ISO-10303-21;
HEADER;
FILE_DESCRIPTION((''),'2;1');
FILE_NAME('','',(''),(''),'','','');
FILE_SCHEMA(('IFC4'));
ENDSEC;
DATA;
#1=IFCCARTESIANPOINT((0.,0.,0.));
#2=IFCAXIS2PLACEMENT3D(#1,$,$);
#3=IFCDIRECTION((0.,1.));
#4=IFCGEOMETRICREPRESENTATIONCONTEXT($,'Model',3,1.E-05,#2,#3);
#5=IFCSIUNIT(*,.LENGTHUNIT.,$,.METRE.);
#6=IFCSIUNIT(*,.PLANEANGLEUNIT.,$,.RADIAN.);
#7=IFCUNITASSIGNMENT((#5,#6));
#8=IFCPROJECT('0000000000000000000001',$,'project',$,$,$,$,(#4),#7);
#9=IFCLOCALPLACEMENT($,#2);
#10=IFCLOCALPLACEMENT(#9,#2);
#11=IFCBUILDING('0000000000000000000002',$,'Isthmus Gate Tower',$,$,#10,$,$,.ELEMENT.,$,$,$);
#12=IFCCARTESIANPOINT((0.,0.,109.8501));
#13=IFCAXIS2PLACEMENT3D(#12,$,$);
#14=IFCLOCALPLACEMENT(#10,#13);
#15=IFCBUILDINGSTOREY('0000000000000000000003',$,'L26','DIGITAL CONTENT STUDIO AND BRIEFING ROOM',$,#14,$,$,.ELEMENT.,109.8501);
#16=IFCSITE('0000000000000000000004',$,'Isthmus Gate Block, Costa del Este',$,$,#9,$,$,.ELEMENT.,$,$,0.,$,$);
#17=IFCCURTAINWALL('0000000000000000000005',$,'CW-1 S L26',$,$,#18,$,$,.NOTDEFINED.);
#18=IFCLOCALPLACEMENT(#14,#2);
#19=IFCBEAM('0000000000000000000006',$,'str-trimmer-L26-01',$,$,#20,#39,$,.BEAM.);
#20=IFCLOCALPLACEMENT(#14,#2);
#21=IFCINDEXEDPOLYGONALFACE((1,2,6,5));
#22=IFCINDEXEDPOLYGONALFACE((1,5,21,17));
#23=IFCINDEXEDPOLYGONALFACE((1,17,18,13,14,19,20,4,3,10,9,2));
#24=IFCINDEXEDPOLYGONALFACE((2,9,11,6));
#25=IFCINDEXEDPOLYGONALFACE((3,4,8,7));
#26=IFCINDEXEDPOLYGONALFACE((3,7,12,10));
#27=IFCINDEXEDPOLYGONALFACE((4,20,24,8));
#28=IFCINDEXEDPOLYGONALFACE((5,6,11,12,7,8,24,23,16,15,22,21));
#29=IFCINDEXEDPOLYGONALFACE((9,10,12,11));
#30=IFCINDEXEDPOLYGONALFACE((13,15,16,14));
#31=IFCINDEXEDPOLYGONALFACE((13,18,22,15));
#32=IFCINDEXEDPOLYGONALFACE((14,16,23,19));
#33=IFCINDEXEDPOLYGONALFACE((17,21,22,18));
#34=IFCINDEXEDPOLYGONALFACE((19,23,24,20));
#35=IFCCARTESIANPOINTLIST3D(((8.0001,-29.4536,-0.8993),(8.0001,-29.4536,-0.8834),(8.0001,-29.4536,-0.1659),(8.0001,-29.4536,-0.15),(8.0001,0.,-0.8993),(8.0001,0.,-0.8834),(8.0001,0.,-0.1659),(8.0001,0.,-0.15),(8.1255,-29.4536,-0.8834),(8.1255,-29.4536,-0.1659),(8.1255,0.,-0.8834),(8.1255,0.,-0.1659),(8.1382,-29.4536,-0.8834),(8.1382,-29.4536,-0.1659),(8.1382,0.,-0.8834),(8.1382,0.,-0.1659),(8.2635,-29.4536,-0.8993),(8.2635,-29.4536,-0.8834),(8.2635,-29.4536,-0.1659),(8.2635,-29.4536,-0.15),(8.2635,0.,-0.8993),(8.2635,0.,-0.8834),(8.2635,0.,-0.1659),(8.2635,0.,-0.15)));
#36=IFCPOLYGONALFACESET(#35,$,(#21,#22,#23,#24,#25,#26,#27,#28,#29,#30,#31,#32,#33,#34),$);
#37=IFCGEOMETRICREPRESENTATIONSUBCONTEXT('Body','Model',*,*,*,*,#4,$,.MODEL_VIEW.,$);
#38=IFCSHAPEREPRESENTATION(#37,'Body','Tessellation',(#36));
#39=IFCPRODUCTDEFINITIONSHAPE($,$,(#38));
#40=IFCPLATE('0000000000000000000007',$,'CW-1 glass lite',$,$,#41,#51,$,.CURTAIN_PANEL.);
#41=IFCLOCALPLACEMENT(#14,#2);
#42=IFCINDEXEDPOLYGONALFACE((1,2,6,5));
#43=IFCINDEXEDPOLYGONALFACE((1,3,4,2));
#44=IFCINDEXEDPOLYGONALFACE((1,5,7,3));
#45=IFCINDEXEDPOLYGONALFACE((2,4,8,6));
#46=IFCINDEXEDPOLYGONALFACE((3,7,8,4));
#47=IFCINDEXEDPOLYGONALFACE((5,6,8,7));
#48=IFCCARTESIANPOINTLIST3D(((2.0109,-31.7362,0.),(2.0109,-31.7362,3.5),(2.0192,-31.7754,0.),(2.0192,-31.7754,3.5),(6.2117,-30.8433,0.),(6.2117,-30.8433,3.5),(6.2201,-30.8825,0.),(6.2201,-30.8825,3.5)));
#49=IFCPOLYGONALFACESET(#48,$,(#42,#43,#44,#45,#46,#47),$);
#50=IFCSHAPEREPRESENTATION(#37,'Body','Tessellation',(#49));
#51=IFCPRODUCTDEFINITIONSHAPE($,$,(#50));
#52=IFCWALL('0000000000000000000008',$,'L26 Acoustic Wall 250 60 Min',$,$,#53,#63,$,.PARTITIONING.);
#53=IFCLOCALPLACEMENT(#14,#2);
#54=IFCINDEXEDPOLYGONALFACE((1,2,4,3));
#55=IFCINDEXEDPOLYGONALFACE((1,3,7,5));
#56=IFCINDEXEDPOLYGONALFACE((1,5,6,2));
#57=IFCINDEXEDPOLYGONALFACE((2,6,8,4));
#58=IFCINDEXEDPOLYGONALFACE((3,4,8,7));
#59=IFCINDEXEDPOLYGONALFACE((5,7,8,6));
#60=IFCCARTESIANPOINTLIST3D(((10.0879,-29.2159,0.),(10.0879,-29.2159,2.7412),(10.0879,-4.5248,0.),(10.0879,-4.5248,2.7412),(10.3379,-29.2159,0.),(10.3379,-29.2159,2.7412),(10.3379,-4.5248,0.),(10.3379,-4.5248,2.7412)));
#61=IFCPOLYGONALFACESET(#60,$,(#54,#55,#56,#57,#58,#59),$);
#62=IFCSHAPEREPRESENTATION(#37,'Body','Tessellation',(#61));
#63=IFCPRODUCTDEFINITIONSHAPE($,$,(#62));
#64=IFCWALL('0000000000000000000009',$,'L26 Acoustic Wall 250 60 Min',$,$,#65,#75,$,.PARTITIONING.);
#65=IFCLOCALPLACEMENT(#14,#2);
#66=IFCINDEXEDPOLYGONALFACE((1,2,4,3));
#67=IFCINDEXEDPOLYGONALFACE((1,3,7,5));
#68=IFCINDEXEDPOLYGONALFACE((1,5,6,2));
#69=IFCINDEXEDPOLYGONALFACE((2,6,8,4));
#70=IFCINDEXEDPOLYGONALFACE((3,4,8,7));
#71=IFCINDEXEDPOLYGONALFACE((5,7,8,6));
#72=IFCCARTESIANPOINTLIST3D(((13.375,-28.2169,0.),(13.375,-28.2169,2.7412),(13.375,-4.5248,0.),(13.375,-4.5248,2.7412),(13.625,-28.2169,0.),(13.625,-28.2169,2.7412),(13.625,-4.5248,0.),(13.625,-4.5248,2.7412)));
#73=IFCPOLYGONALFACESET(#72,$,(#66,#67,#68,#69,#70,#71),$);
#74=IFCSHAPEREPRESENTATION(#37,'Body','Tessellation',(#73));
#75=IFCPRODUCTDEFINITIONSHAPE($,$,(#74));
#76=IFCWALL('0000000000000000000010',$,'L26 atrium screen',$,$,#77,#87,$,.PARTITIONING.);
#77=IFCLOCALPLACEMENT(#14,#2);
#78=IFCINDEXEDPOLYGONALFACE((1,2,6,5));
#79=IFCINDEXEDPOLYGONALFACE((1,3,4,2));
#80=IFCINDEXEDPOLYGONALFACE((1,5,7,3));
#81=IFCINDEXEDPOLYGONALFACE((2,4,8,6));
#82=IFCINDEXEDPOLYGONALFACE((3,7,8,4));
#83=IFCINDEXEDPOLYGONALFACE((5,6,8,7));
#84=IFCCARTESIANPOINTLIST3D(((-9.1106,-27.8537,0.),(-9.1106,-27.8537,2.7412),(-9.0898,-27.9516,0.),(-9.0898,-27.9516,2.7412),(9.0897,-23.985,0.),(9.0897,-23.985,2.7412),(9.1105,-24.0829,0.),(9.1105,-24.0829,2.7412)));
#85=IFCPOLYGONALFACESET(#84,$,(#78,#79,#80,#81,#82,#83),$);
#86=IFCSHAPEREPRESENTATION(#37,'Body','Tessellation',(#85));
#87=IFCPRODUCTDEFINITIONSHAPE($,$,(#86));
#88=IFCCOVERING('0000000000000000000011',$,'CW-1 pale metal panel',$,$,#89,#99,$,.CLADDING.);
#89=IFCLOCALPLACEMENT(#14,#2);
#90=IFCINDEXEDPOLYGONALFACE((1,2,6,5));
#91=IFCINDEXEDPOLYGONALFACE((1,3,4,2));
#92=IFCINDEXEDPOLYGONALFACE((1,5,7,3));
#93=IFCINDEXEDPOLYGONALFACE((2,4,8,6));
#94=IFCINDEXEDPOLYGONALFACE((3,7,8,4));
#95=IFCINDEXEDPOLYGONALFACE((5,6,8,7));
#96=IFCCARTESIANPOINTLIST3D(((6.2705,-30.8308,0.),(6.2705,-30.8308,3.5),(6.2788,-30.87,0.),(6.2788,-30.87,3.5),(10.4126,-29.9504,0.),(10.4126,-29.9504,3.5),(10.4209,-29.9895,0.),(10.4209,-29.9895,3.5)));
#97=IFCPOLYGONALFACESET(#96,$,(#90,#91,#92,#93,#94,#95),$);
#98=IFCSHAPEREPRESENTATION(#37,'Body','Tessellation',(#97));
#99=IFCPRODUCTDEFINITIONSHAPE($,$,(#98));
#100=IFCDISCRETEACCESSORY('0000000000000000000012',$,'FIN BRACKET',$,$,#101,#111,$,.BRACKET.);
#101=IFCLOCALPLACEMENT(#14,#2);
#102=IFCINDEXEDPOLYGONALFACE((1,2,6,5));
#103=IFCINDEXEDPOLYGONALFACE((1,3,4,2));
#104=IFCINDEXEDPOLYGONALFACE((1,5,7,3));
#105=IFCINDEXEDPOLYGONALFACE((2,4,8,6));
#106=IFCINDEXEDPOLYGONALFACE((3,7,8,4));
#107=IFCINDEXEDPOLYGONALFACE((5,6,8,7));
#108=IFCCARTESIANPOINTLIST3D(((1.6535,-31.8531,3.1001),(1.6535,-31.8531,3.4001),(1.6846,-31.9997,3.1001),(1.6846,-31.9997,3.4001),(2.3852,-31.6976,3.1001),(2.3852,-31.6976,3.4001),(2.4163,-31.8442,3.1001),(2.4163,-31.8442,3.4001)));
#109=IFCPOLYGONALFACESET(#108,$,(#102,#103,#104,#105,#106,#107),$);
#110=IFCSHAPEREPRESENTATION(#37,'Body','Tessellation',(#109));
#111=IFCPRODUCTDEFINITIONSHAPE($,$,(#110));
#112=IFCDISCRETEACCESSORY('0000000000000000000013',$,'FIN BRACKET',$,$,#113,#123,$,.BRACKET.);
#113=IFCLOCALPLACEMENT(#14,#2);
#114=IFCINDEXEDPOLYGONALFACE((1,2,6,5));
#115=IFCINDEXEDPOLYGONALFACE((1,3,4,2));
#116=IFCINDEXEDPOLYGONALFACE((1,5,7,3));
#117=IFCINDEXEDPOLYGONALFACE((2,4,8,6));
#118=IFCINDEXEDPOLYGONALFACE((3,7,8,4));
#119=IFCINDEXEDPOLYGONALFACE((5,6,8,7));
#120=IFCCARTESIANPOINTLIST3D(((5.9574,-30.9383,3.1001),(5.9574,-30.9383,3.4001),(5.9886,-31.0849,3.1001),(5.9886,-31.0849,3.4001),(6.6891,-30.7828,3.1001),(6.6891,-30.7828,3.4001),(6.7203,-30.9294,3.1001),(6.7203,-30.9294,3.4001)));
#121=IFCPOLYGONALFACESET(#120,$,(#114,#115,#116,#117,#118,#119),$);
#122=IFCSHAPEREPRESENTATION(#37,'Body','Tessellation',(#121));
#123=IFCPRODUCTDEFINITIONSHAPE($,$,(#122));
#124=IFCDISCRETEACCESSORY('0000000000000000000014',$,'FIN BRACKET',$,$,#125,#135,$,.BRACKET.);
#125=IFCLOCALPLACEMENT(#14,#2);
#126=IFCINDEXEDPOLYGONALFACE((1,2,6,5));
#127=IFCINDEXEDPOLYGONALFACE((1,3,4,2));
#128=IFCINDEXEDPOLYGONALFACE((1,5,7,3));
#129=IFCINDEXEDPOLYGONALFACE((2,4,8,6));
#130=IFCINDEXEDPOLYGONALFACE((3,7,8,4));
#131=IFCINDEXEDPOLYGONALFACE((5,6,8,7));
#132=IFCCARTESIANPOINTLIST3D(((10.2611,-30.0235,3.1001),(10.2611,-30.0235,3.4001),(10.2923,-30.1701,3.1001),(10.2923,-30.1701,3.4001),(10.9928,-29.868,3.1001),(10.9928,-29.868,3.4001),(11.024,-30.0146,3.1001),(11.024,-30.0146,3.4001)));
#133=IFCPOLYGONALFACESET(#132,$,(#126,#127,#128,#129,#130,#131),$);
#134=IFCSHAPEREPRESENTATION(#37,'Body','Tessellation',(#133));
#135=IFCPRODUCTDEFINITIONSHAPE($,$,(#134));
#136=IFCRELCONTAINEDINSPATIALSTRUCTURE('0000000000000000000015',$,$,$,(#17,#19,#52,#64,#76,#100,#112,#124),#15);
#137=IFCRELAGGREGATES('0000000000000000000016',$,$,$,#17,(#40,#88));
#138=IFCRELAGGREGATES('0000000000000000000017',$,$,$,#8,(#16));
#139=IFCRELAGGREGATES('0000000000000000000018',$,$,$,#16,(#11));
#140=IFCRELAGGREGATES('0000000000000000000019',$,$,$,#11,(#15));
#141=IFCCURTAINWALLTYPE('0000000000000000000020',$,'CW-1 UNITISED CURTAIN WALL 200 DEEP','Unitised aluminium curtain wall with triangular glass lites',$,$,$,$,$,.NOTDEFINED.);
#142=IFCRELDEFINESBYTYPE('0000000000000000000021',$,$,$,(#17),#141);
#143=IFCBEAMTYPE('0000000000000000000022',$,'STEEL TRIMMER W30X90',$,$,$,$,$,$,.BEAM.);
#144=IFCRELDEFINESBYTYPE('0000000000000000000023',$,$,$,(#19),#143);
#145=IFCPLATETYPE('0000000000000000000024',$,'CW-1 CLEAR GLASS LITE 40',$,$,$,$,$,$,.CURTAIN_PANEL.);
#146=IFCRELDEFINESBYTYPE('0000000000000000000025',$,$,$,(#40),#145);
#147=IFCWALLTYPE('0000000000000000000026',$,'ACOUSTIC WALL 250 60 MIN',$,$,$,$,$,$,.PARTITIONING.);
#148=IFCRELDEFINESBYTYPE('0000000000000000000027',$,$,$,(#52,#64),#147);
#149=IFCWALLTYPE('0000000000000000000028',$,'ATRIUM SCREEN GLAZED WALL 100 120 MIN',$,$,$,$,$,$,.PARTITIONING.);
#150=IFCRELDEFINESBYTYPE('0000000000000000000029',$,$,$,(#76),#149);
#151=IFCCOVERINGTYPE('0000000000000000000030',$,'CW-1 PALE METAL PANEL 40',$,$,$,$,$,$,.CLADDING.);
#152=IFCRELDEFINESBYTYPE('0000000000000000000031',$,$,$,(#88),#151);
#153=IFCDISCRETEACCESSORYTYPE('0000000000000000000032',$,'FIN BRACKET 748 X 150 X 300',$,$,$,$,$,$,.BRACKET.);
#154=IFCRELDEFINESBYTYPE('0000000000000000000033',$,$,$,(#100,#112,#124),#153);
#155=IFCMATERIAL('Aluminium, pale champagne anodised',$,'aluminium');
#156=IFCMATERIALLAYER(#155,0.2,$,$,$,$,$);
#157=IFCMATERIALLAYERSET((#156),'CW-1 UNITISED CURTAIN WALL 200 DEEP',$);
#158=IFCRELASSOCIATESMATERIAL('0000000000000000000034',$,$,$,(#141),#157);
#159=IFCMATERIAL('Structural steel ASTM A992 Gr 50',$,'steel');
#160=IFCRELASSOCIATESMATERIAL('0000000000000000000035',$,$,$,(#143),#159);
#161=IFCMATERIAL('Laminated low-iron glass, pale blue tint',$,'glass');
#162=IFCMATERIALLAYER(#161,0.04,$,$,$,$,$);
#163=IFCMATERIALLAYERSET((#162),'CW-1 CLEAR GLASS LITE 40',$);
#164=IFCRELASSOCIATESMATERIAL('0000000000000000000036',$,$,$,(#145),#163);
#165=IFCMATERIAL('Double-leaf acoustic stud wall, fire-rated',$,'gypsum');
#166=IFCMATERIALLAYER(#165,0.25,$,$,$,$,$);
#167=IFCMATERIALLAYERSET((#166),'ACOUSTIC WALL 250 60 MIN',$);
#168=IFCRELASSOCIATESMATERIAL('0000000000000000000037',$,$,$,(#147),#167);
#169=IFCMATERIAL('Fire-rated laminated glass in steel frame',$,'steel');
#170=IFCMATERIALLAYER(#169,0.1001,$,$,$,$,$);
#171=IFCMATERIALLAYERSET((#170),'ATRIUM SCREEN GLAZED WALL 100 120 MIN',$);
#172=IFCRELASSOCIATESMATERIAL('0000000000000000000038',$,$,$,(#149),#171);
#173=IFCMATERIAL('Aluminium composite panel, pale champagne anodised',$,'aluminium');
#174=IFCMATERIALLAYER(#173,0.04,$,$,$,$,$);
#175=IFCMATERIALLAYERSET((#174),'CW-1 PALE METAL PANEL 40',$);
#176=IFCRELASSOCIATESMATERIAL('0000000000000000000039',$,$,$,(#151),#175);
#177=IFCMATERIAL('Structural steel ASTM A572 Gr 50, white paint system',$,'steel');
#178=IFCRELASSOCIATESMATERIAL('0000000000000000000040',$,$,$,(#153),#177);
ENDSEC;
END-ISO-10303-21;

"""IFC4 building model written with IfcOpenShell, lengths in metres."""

from ifc_helpers import new_model, si_unit, direction, frame, frame_2d, origin, origin_2d, place, context, subcontext, project, spatial, rectangle, i_section, extrude, material, layer, layer_set, material_profile, profile_set, type_object, element, aggregate, save


model = new_model("IFC4")

# Units and contexts
model_context = context("Model", 3, precision=1e-05, world=origin(), true_north=direction((0.0, 1.0)))
body_context = subcontext(model_context, "Body", "Model", "MODEL_VIEW")
ifc_project = project(units=[si_unit("LENGTHUNIT", "METRE"), si_unit("PLANEANGLEUNIT", "RADIAN")], contexts=[model_context])

# Site, building, storey
site_placement = place(None, origin())
site = spatial("IfcSite", under=ifc_project, at=site_placement, Name="Isthmus Gate Block, Costa del Este", CompositionType="ELEMENT", RefElevation=0.0)
building_placement = place(site_placement, origin())
building = spatial("IfcBuilding", under=site, at=building_placement, Name="Isthmus Gate Tower", CompositionType="ELEMENT")
storey_placement = place(building_placement, frame((0.0, 0.0, 109.8501)))
storey = spatial("IfcBuildingStorey", under=building, at=storey_placement, Name="L26", Description="DIGITAL CONTENT STUDIO AND BRIEFING ROOM", CompositionType="ELEMENT", Elevation=109.8501)

# Curtain wall
ifc_material_1 = material(Name="Aluminium, pale champagne anodised", Category="aluminium")
ifc_layer_1 = layer(ifc_material_1, 0.2)
ifc_layer_set_1 = layer_set([ifc_layer_1], Name="CW-1 UNITISED CURTAIN WALL 200 DEEP")
curtain_wall_type = type_object("IfcCurtainWallType", Name="CW-1 UNITISED CURTAIN WALL 200 DEEP", Description="Unitised aluminium curtain wall with triangular glass lites", PredefinedType="NOTDEFINED", material=ifc_layer_set_1)
curtain_wall_placement = place(storey_placement, origin())
curtain_wall = element("IfcCurtainWall", 1, at=curtain_wall_placement, inside=storey, type_object=curtain_wall_type, Name="CW-1 S L26", PredefinedType="NOTDEFINED")

# Beam
ifc_material_2 = material(Name="Structural steel ASTM A992 Gr 50", Category="steel")
ifc_material_profile_1 = material_profile(ifc_material_2, i_section(OverallWidth=0.2634, OverallDepth=0.7493, WebThickness=0.0127, FlangeThickness=0.0159, at=origin_2d()), Name="W30X90")
ifc_profile_set_1 = profile_set([ifc_material_profile_1], Name="Structural steel ASTM A992 Gr 50")
beam_type_1 = type_object("IfcBeamType", Name="STEEL TRIMMER W30X90", PredefinedType="BEAM", material=ifc_profile_set_1)
beam_1_placement = place(storey_placement, frame((8.1318, -29.4536, -0.5247), z_axis=(0.0, 1.0, 0.0), x_axis=(-1.0, 0.0, 0.0)))
element("IfcBeam", 2, at=beam_1_placement, inside=storey, type_object=beam_type_1, Name="str-trimmer-L26-01", PredefinedType="BEAM", context=body_context, shape_type="SweptSolid", body=[
    extrude(i_section(OverallWidth=0.2634, OverallDepth=0.7493, WebThickness=0.0127, FlangeThickness=0.0159, at=origin_2d()), origin(), (0.0, 0.0, 1.0), 29.4536),
])

# Plate
ifc_material_3 = material(Name="Laminated low-iron glass, pale blue tint", Category="glass")
ifc_layer_2 = layer(ifc_material_3, 0.04)
ifc_layer_set_2 = layer_set([ifc_layer_2], Name="CW-1 CLEAR GLASS LITE 40")
plate_type = type_object("IfcPlateType", Name="CW-1 CLEAR GLASS LITE 40", PredefinedType="CURTAIN_PANEL", material=ifc_layer_set_2)
plate_placement = place(storey_placement, frame((4.1155, -31.3093, 0.0), z_axis=(0.0, 0.0, 1.0), x_axis=(0.978148, 0.207912, 0.0)))
plate = element("IfcPlate", 3, at=plate_placement, type_object=plate_type, Name="CW-1 glass lite", PredefinedType="CURTAIN_PANEL", context=body_context, shape_type="SweptSolid", body=[
    extrude(rectangle(XDim=4.2947, YDim=0.04, at=origin_2d()), origin(), (0.0, 0.0, 1.0), 3.5),
])

# Walls
ifc_material_4 = material(Name="Double-leaf acoustic stud wall, fire-rated", Category="gypsum")
ifc_layer_3 = layer(ifc_material_4, 0.25)
ifc_layer_set_3 = layer_set([ifc_layer_3], Name="ACOUSTIC WALL 250 60 MIN")
wall_type_1 = type_object("IfcWallType", Name="ACOUSTIC WALL 250 60 MIN", PredefinedType="PARTITIONING", material=ifc_layer_set_3)
wall_1_placement = place(storey_placement, frame((10.2129, -29.2161, 0.0), z_axis=(0.0, 0.0, 1.0), x_axis=(0.0, 1.0, 0.0)))
element("IfcWall", 4, at=wall_1_placement, inside=storey, type_object=wall_type_1, Name="L26 Acoustic Wall 250 60 Min", PredefinedType="PARTITIONING", context=body_context, shape_type="SweptSolid", body=[
    extrude(rectangle(XDim=24.6912, YDim=0.25, at=frame_2d((12.3457, 0.0))), origin(), (0.0, 0.0, 1.0), 2.7412),
])
wall_2_placement = place(storey_placement, frame((13.5, -28.217, 0.0), z_axis=(0.0, 0.0, 1.0), x_axis=(0.0, 1.0, 0.0)))
element("IfcWall", 5, at=wall_2_placement, inside=storey, type_object=wall_type_1, Name="L26 Acoustic Wall 250 60 Min", PredefinedType="PARTITIONING", context=body_context, shape_type="SweptSolid", body=[
    extrude(rectangle(XDim=23.6921, YDim=0.25, at=frame_2d((11.8462, 0.0))), origin(), (0.0, 0.0, 1.0), 2.7412),
])
ifc_material_5 = material(Name="Fire-rated laminated glass in steel frame", Category="steel")
ifc_layer_4 = layer(ifc_material_5, 0.1001)
ifc_layer_set_4 = layer_set([ifc_layer_4], Name="ATRIUM SCREEN GLAZED WALL 100 120 MIN")
wall_type_2 = type_object("IfcWallType", Name="ATRIUM SCREEN GLAZED WALL 100 120 MIN", PredefinedType="PARTITIONING", material=ifc_layer_set_4)
wall_3_placement = place(storey_placement, frame((9.1001, -24.0339, 0.0), z_axis=(0.0, 0.0, 1.0), x_axis=(-0.978147, -0.207916, 0.0)))
element("IfcWall", 6, at=wall_3_placement, inside=storey, type_object=wall_type_2, Name="L26 atrium screen", PredefinedType="PARTITIONING", context=body_context, shape_type="SweptSolid", body=[
    extrude(rectangle(XDim=18.6069, YDim=0.1001, at=frame_2d((9.3035, 0.0))), origin(), (0.0, 0.0, 1.0), 2.7412),
])

# Covering
ifc_material_6 = material(Name="Aluminium composite panel, pale champagne anodised", Category="aluminium")
ifc_layer_5 = layer(ifc_material_6, 0.04)
ifc_layer_set_5 = layer_set([ifc_layer_5], Name="CW-1 PALE METAL PANEL 40")
covering_type = type_object("IfcCoveringType", Name="CW-1 PALE METAL PANEL 40", PredefinedType="CLADDING", material=ifc_layer_set_5)
covering_placement = place(storey_placement, frame((8.3457, -30.4102, 0.0), z_axis=(0.0, 0.0, 1.0), x_axis=(0.978148, 0.207912, 0.0)))
covering = element("IfcCovering", 7, at=covering_placement, type_object=covering_type, Name="CW-1 pale metal panel", PredefinedType="CLADDING", context=body_context, shape_type="SweptSolid", body=[
    extrude(rectangle(XDim=4.2346, YDim=0.04, at=origin_2d()), origin(), (0.0, 0.0, 1.0), 3.5),
])
aggregate(curtain_wall, [plate, covering])

# Discrete accessories
ifc_material_7 = material(Name="Structural steel ASTM A572 Gr 50, white paint system", Category="steel")
discrete_accessory_type = type_object("IfcDiscreteAccessoryType", Name="FIN BRACKET 748 X 150 X 300", PredefinedType="BRACKET", material=ifc_material_7)
for number, where, z_axis, x_axis, name in (
    (8, (2.0349, -31.8486, 3.1001), (0.0, 0.0, 1.0), (0.207912, -0.978148, 0.0), "FIN BRACKET"),
    (9, (6.3389, -30.9338, 3.1001), (0.0, 0.0, 1.0), (0.207912, -0.978148, 0.0), "FIN BRACKET"),
    (10, (10.6426, -30.019, 3.1001), (0.0, 0.0, 1.0), (0.207912, -0.978148, 0.0), "FIN BRACKET"),
):
    element("IfcDiscreteAccessory", number, at=place(storey_placement, frame(where, z_axis=z_axis, x_axis=x_axis)), inside=storey, type_object=discrete_accessory_type, Name=name, PredefinedType="BRACKET", context=body_context, shape_type="SweptSolid", body=[
        extrude(rectangle(XDim=0.1499, YDim=0.748, at=origin_2d()), origin(), (0.0, 0.0, 1.0), 0.3),
    ])

save(model, "model.ifc")
